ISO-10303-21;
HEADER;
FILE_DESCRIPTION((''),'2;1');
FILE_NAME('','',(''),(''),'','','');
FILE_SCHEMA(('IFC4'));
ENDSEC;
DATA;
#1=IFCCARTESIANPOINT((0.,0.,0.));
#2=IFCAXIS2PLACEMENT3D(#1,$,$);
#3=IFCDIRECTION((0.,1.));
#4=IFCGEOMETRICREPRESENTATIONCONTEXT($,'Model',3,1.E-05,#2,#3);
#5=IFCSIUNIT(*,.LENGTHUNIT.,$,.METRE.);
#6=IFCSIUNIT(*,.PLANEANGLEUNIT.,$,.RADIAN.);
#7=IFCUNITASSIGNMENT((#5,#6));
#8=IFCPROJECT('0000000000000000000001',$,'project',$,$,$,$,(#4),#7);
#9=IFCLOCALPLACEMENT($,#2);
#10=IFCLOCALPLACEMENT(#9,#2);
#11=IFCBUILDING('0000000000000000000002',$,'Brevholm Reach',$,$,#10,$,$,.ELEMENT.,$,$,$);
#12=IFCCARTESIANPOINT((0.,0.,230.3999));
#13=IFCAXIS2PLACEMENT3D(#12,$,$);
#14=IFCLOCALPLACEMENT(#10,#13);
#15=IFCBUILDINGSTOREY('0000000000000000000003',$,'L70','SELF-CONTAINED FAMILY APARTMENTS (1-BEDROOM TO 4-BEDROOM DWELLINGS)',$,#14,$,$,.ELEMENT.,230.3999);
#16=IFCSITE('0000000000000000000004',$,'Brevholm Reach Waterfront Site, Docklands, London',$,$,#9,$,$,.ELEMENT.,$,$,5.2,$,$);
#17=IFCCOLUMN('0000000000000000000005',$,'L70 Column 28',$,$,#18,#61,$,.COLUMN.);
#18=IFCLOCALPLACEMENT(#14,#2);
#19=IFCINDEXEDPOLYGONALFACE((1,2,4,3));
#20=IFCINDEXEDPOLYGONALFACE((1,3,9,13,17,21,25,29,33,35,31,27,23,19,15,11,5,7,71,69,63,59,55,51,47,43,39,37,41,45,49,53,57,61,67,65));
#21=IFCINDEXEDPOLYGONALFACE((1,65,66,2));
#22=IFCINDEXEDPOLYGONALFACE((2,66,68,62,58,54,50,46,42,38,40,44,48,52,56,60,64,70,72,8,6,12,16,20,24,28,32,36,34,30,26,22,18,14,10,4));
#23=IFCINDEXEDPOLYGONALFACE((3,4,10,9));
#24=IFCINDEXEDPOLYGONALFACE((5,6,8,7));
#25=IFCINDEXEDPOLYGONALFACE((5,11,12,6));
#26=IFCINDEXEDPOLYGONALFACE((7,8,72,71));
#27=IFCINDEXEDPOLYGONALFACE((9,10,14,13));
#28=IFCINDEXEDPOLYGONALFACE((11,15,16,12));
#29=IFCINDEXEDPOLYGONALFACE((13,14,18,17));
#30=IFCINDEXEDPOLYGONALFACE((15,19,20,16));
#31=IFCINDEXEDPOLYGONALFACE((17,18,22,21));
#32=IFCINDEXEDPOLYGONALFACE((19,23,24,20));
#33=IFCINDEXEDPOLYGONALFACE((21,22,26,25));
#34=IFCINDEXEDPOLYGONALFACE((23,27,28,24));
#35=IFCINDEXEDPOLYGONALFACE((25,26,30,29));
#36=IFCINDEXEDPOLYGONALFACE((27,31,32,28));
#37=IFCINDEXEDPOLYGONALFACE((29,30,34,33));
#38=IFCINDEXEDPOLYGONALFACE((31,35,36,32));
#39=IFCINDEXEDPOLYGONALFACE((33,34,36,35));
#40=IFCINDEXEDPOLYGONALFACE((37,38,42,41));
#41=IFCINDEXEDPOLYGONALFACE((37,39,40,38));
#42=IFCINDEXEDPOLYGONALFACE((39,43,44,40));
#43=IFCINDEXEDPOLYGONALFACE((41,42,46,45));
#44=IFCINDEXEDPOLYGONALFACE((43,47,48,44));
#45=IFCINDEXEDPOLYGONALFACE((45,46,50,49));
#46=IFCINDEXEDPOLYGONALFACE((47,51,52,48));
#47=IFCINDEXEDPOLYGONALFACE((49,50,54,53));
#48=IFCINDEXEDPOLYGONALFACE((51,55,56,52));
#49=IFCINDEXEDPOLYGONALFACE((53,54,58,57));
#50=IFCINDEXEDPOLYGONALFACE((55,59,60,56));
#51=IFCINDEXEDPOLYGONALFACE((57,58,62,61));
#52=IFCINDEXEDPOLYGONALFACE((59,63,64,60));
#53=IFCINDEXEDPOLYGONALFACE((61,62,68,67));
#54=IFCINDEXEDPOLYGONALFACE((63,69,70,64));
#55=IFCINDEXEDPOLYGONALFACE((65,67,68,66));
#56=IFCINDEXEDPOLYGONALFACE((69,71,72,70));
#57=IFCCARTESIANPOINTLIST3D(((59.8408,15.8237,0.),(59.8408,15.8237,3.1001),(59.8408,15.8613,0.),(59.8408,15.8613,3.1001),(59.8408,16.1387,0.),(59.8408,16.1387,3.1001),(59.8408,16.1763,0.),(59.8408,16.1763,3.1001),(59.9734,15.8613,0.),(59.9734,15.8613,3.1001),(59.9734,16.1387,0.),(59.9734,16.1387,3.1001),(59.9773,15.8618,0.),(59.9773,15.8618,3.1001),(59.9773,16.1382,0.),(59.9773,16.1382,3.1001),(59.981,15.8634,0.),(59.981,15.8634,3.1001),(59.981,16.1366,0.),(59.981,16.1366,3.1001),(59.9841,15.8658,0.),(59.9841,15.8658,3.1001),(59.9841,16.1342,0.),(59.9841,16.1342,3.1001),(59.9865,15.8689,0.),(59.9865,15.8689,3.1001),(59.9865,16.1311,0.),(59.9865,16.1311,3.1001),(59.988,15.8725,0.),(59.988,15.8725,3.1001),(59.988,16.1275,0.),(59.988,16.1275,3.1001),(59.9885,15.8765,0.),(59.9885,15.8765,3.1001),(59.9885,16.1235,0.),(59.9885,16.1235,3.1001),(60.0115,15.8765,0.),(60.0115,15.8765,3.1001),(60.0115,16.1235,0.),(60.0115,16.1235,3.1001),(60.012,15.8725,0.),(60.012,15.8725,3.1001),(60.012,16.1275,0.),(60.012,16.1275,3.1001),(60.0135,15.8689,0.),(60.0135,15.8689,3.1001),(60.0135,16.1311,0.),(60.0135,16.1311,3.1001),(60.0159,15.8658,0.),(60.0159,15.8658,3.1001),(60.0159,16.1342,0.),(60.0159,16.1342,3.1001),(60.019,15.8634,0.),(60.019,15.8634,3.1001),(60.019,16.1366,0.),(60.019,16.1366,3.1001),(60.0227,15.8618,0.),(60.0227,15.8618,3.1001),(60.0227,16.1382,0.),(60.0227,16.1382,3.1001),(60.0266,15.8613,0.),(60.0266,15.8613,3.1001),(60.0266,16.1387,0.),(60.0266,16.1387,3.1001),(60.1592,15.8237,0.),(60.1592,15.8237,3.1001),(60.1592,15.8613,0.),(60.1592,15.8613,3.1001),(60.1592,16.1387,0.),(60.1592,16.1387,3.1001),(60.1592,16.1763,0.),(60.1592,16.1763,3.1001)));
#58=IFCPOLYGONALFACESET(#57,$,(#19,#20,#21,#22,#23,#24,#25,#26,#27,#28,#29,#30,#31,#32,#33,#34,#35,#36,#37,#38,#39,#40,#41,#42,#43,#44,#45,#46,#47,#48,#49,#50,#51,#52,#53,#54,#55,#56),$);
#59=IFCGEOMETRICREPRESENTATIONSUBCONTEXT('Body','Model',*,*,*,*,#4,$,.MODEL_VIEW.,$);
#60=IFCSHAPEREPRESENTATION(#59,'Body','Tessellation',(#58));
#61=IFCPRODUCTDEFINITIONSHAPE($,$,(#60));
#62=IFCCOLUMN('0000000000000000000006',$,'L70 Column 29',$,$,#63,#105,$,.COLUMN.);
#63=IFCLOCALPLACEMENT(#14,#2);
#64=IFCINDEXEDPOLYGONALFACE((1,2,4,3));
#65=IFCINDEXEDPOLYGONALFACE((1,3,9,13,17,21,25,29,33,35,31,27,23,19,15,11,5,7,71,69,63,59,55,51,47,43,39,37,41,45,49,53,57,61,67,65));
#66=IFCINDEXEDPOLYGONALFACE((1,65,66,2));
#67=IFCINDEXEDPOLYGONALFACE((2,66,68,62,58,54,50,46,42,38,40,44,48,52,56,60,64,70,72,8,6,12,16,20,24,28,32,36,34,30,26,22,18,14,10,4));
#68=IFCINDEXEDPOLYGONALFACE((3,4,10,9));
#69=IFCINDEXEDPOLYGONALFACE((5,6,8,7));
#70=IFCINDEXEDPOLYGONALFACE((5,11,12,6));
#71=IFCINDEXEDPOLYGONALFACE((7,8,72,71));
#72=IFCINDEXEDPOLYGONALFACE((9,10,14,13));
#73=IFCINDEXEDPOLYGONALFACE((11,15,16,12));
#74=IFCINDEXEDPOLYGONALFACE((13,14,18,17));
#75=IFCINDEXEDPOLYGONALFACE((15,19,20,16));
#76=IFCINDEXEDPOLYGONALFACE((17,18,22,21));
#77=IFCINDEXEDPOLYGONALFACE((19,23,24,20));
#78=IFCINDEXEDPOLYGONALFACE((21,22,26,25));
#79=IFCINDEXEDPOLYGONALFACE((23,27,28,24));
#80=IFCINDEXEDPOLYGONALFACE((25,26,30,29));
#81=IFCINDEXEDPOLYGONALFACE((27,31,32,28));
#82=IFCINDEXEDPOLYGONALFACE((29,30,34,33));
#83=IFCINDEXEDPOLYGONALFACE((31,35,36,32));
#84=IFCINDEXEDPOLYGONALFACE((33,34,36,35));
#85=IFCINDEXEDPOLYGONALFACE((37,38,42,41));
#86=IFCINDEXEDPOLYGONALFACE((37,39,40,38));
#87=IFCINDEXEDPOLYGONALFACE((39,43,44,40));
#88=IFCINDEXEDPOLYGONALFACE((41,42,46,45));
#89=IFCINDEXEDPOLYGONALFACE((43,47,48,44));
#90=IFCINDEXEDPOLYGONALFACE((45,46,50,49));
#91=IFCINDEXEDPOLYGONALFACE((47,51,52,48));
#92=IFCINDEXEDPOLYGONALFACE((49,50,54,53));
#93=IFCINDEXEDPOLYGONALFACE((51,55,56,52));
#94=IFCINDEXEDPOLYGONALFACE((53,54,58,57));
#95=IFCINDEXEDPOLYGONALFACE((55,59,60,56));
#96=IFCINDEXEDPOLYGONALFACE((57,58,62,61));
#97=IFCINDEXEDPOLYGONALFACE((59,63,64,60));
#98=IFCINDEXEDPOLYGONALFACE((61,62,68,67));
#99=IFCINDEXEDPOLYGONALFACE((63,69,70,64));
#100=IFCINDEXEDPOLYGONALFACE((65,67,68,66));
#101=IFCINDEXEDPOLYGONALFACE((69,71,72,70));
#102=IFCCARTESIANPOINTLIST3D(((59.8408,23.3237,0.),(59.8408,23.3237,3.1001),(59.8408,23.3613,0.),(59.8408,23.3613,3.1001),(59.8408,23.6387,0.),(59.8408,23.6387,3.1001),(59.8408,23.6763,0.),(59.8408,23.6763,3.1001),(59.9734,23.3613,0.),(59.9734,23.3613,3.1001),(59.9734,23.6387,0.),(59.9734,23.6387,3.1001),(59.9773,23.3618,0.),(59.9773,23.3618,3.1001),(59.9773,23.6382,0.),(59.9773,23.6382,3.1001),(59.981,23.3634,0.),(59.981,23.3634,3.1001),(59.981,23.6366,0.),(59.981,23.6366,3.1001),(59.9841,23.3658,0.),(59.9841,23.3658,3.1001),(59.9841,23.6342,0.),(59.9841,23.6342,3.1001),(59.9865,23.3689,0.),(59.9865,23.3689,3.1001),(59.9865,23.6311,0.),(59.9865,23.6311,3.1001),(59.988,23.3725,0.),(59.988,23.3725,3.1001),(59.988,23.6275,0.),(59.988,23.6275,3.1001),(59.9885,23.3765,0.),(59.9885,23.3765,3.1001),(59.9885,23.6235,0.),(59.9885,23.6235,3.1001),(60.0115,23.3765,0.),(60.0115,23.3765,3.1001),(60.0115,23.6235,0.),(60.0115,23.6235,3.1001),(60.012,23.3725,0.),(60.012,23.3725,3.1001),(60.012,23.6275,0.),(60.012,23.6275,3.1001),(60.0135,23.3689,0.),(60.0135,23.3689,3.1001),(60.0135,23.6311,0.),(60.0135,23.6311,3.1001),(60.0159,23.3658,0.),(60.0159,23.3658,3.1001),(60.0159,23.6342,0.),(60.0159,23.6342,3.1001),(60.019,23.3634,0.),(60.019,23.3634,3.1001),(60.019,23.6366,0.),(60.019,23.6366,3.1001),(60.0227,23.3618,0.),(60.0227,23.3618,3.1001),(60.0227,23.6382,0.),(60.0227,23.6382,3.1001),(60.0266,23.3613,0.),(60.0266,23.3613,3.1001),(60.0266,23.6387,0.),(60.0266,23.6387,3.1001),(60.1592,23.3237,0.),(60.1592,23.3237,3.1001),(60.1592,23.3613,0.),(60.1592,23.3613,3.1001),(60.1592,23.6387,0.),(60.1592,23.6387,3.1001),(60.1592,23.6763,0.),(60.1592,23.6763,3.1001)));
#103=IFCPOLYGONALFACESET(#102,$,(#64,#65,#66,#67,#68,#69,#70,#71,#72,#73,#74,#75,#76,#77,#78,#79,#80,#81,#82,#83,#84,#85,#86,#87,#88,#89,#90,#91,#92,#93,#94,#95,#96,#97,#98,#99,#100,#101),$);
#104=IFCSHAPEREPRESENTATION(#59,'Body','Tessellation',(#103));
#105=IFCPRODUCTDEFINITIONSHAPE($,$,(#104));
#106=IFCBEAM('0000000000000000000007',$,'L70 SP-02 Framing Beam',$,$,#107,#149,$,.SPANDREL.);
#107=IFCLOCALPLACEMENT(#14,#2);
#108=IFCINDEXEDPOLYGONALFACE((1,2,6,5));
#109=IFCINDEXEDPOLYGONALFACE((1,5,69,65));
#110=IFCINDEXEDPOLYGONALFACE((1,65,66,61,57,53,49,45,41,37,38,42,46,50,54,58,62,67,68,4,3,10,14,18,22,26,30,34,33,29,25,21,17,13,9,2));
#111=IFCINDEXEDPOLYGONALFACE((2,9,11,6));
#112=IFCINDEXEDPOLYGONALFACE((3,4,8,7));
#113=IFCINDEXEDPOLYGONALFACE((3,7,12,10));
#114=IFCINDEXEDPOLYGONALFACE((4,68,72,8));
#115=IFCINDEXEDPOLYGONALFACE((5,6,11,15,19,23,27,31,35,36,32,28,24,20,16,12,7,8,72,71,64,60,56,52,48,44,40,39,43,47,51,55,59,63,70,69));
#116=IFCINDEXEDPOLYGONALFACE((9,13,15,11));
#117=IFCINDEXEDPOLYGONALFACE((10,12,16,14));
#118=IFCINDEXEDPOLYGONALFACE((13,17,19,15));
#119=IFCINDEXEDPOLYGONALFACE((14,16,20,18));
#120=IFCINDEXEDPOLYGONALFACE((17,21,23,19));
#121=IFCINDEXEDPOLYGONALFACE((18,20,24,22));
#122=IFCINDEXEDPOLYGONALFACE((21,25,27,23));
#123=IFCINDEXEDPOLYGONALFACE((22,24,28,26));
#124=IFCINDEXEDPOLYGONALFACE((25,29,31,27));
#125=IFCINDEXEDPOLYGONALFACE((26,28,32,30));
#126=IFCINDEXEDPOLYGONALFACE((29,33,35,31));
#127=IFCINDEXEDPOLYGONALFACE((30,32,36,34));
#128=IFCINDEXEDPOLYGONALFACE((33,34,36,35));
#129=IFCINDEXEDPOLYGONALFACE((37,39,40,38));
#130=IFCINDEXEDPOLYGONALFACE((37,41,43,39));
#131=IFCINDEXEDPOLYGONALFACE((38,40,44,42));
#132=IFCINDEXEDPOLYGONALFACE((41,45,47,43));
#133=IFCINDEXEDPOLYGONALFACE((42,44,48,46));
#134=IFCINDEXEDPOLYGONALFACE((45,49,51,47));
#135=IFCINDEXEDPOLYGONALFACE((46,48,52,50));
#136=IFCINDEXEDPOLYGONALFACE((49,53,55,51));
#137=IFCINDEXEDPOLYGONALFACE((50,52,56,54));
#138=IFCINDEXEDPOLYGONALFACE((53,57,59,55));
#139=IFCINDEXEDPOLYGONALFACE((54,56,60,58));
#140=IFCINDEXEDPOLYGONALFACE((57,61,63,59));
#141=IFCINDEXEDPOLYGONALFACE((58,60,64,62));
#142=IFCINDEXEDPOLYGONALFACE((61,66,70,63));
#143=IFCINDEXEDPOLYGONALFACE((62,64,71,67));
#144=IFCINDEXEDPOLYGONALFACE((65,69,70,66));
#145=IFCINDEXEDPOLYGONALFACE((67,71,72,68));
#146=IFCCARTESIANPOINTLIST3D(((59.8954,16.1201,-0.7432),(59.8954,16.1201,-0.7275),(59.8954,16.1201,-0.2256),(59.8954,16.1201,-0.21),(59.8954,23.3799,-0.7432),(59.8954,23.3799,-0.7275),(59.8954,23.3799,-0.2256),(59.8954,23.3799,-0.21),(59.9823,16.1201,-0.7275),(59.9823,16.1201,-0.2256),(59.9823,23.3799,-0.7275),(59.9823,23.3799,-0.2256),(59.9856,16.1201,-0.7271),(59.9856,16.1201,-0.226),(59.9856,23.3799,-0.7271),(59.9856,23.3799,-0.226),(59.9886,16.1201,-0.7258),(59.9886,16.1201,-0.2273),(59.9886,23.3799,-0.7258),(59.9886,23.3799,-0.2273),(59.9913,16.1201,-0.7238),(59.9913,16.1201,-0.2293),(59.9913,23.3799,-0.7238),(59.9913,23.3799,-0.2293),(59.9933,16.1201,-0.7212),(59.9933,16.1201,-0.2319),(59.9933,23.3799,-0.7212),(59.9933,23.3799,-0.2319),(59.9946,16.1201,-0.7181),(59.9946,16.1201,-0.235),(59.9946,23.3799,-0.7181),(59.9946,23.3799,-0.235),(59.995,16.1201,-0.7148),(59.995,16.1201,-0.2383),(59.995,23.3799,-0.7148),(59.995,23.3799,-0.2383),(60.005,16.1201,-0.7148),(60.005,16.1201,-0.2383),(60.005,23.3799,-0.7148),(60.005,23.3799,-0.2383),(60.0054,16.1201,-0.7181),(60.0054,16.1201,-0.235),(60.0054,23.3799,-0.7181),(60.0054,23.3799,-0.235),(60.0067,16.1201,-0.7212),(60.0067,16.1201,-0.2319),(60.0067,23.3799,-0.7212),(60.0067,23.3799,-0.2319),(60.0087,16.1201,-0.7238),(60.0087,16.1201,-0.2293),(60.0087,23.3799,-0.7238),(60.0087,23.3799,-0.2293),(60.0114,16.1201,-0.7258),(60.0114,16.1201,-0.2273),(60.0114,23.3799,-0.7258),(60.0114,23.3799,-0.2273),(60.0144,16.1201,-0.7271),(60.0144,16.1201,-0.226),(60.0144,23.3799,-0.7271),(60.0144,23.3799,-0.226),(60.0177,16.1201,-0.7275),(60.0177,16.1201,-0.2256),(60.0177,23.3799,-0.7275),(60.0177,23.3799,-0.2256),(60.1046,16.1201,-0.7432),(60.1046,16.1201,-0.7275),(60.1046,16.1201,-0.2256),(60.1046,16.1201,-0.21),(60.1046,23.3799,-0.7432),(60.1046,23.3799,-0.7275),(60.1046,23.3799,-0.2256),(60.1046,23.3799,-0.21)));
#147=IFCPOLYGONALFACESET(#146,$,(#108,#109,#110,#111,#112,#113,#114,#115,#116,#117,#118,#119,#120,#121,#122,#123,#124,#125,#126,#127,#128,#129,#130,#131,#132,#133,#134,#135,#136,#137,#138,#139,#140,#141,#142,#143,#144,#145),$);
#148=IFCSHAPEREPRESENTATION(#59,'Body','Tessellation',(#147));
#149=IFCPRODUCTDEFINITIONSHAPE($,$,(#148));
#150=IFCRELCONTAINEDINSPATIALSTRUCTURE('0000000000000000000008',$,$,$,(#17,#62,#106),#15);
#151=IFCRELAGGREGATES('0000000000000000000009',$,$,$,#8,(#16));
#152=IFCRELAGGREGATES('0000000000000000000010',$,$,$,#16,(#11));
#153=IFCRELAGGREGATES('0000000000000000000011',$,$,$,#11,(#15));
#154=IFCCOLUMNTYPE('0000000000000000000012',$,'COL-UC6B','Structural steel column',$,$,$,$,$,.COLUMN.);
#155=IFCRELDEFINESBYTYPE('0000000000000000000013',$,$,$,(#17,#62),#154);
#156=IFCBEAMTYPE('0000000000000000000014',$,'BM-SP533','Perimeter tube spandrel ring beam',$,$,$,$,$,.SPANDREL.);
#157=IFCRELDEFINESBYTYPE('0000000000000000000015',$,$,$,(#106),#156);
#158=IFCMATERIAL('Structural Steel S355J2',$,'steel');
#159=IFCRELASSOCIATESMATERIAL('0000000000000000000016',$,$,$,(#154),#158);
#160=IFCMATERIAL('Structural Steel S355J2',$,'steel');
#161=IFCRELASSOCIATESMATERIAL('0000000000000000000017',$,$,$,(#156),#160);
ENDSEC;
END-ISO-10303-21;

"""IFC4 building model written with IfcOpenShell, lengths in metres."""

from ifc_helpers import new_model, si_unit, direction, frame, origin, origin_2d, place, context, subcontext, project, spatial, i_section, extrude, material, material_profile, profile_set, type_object, element, save


model = new_model("IFC4")

# Units and contexts
model_context = context("Model", 3, precision=1e-05, world=origin(), true_north=direction((0.0, 1.0)))
body_context = subcontext(model_context, "Body", "Model", "MODEL_VIEW")
ifc_project = project(units=[si_unit("LENGTHUNIT", "METRE"), si_unit("PLANEANGLEUNIT", "RADIAN")], contexts=[model_context])

# Site, building, storey
site_placement = place(None, origin())
site = spatial("IfcSite", under=ifc_project, at=site_placement, Name="Brevholm Reach Waterfront Site, Docklands, London", CompositionType="ELEMENT", RefElevation=5.2)
building_placement = place(site_placement, origin())
building = spatial("IfcBuilding", under=site, at=building_placement, Name="Brevholm Reach", CompositionType="ELEMENT")
storey_placement = place(building_placement, frame((0.0, 0.0, 230.3999)))
storey = spatial("IfcBuildingStorey", under=building, at=storey_placement, Name="L70", Description="SELF-CONTAINED FAMILY APARTMENTS (1-BEDROOM TO 4-BEDROOM DWELLINGS)", CompositionType="ELEMENT", Elevation=230.3999)

# Columns
ifc_material_1 = material(Name="Structural Steel S355J2", Category="steel")
ifc_material_profile_1 = material_profile(ifc_material_1, i_section(OverallWidth=0.3184, OverallDepth=0.3525, WebThickness=0.0229, FlangeThickness=0.0376, FilletRadius=0.0151, at=origin_2d()), Name="UKC 305x305x240")
ifc_profile_set_1 = profile_set([ifc_material_profile_1], Name="Structural Steel S355J2")
column_type = type_object("IfcColumnType", Name="COL-UC6B", Description="Structural steel column", PredefinedType="COLUMN", material=ifc_profile_set_1)
for number, where, z_axis, x_axis, name in (
    (1, (60.0, 16.0, 0.0), (0.0, 0.0, 1.0), (1.0, 0.0, 0.0), "L70 Column 28"),
    (2, (60.0, 23.5, 0.0), (0.0, 0.0, 1.0), (1.0, 0.0, 0.0), "L70 Column 29"),
):
    element("IfcColumn", number, at=place(storey_placement, frame(where, z_axis=z_axis, x_axis=x_axis)), inside=storey, type_object=column_type, Name=name, PredefinedType="COLUMN", context=body_context, shape_type="SweptSolid", body=[
        extrude(i_section(OverallWidth=0.3184, OverallDepth=0.3525, WebThickness=0.0229, FlangeThickness=0.0376, FilletRadius=0.0151, at=origin_2d()), origin(), (0.0, 0.0, 1.0), 3.1001),
    ])

# Beam
ifc_material_2 = material(Name="Structural Steel S355J2", Category="steel")
ifc_material_profile_2 = material_profile(ifc_material_2, i_section(OverallWidth=0.2092, OverallDepth=0.5332, WebThickness=0.01, FlangeThickness=0.0156, FilletRadius=0.0127, at=origin_2d()), Name="UKB 533x210x92")
ifc_profile_set_2 = profile_set([ifc_material_profile_2], Name="Structural Steel S355J2")
beam_type = type_object("IfcBeamType", Name="BM-SP533", Description="Perimeter tube spandrel ring beam", PredefinedType="SPANDREL", material=ifc_profile_set_2)
beam_placement = place(storey_placement, frame((60.0, 16.1201, -0.4766), z_axis=(0.0, 1.0, 0.0), x_axis=(-1.0, 0.0, 0.0)))
element("IfcBeam", 3, at=beam_placement, inside=storey, type_object=beam_type, Name="L70 SP-02 Framing Beam", PredefinedType="SPANDREL", context=body_context, shape_type="SweptSolid", body=[
    extrude(i_section(OverallWidth=0.2092, OverallDepth=0.5332, WebThickness=0.01, FlangeThickness=0.0156, FilletRadius=0.0127, at=origin_2d()), origin(), (0.0, 0.0, 1.0), 7.2598),
])

save(model, "model.ifc")
